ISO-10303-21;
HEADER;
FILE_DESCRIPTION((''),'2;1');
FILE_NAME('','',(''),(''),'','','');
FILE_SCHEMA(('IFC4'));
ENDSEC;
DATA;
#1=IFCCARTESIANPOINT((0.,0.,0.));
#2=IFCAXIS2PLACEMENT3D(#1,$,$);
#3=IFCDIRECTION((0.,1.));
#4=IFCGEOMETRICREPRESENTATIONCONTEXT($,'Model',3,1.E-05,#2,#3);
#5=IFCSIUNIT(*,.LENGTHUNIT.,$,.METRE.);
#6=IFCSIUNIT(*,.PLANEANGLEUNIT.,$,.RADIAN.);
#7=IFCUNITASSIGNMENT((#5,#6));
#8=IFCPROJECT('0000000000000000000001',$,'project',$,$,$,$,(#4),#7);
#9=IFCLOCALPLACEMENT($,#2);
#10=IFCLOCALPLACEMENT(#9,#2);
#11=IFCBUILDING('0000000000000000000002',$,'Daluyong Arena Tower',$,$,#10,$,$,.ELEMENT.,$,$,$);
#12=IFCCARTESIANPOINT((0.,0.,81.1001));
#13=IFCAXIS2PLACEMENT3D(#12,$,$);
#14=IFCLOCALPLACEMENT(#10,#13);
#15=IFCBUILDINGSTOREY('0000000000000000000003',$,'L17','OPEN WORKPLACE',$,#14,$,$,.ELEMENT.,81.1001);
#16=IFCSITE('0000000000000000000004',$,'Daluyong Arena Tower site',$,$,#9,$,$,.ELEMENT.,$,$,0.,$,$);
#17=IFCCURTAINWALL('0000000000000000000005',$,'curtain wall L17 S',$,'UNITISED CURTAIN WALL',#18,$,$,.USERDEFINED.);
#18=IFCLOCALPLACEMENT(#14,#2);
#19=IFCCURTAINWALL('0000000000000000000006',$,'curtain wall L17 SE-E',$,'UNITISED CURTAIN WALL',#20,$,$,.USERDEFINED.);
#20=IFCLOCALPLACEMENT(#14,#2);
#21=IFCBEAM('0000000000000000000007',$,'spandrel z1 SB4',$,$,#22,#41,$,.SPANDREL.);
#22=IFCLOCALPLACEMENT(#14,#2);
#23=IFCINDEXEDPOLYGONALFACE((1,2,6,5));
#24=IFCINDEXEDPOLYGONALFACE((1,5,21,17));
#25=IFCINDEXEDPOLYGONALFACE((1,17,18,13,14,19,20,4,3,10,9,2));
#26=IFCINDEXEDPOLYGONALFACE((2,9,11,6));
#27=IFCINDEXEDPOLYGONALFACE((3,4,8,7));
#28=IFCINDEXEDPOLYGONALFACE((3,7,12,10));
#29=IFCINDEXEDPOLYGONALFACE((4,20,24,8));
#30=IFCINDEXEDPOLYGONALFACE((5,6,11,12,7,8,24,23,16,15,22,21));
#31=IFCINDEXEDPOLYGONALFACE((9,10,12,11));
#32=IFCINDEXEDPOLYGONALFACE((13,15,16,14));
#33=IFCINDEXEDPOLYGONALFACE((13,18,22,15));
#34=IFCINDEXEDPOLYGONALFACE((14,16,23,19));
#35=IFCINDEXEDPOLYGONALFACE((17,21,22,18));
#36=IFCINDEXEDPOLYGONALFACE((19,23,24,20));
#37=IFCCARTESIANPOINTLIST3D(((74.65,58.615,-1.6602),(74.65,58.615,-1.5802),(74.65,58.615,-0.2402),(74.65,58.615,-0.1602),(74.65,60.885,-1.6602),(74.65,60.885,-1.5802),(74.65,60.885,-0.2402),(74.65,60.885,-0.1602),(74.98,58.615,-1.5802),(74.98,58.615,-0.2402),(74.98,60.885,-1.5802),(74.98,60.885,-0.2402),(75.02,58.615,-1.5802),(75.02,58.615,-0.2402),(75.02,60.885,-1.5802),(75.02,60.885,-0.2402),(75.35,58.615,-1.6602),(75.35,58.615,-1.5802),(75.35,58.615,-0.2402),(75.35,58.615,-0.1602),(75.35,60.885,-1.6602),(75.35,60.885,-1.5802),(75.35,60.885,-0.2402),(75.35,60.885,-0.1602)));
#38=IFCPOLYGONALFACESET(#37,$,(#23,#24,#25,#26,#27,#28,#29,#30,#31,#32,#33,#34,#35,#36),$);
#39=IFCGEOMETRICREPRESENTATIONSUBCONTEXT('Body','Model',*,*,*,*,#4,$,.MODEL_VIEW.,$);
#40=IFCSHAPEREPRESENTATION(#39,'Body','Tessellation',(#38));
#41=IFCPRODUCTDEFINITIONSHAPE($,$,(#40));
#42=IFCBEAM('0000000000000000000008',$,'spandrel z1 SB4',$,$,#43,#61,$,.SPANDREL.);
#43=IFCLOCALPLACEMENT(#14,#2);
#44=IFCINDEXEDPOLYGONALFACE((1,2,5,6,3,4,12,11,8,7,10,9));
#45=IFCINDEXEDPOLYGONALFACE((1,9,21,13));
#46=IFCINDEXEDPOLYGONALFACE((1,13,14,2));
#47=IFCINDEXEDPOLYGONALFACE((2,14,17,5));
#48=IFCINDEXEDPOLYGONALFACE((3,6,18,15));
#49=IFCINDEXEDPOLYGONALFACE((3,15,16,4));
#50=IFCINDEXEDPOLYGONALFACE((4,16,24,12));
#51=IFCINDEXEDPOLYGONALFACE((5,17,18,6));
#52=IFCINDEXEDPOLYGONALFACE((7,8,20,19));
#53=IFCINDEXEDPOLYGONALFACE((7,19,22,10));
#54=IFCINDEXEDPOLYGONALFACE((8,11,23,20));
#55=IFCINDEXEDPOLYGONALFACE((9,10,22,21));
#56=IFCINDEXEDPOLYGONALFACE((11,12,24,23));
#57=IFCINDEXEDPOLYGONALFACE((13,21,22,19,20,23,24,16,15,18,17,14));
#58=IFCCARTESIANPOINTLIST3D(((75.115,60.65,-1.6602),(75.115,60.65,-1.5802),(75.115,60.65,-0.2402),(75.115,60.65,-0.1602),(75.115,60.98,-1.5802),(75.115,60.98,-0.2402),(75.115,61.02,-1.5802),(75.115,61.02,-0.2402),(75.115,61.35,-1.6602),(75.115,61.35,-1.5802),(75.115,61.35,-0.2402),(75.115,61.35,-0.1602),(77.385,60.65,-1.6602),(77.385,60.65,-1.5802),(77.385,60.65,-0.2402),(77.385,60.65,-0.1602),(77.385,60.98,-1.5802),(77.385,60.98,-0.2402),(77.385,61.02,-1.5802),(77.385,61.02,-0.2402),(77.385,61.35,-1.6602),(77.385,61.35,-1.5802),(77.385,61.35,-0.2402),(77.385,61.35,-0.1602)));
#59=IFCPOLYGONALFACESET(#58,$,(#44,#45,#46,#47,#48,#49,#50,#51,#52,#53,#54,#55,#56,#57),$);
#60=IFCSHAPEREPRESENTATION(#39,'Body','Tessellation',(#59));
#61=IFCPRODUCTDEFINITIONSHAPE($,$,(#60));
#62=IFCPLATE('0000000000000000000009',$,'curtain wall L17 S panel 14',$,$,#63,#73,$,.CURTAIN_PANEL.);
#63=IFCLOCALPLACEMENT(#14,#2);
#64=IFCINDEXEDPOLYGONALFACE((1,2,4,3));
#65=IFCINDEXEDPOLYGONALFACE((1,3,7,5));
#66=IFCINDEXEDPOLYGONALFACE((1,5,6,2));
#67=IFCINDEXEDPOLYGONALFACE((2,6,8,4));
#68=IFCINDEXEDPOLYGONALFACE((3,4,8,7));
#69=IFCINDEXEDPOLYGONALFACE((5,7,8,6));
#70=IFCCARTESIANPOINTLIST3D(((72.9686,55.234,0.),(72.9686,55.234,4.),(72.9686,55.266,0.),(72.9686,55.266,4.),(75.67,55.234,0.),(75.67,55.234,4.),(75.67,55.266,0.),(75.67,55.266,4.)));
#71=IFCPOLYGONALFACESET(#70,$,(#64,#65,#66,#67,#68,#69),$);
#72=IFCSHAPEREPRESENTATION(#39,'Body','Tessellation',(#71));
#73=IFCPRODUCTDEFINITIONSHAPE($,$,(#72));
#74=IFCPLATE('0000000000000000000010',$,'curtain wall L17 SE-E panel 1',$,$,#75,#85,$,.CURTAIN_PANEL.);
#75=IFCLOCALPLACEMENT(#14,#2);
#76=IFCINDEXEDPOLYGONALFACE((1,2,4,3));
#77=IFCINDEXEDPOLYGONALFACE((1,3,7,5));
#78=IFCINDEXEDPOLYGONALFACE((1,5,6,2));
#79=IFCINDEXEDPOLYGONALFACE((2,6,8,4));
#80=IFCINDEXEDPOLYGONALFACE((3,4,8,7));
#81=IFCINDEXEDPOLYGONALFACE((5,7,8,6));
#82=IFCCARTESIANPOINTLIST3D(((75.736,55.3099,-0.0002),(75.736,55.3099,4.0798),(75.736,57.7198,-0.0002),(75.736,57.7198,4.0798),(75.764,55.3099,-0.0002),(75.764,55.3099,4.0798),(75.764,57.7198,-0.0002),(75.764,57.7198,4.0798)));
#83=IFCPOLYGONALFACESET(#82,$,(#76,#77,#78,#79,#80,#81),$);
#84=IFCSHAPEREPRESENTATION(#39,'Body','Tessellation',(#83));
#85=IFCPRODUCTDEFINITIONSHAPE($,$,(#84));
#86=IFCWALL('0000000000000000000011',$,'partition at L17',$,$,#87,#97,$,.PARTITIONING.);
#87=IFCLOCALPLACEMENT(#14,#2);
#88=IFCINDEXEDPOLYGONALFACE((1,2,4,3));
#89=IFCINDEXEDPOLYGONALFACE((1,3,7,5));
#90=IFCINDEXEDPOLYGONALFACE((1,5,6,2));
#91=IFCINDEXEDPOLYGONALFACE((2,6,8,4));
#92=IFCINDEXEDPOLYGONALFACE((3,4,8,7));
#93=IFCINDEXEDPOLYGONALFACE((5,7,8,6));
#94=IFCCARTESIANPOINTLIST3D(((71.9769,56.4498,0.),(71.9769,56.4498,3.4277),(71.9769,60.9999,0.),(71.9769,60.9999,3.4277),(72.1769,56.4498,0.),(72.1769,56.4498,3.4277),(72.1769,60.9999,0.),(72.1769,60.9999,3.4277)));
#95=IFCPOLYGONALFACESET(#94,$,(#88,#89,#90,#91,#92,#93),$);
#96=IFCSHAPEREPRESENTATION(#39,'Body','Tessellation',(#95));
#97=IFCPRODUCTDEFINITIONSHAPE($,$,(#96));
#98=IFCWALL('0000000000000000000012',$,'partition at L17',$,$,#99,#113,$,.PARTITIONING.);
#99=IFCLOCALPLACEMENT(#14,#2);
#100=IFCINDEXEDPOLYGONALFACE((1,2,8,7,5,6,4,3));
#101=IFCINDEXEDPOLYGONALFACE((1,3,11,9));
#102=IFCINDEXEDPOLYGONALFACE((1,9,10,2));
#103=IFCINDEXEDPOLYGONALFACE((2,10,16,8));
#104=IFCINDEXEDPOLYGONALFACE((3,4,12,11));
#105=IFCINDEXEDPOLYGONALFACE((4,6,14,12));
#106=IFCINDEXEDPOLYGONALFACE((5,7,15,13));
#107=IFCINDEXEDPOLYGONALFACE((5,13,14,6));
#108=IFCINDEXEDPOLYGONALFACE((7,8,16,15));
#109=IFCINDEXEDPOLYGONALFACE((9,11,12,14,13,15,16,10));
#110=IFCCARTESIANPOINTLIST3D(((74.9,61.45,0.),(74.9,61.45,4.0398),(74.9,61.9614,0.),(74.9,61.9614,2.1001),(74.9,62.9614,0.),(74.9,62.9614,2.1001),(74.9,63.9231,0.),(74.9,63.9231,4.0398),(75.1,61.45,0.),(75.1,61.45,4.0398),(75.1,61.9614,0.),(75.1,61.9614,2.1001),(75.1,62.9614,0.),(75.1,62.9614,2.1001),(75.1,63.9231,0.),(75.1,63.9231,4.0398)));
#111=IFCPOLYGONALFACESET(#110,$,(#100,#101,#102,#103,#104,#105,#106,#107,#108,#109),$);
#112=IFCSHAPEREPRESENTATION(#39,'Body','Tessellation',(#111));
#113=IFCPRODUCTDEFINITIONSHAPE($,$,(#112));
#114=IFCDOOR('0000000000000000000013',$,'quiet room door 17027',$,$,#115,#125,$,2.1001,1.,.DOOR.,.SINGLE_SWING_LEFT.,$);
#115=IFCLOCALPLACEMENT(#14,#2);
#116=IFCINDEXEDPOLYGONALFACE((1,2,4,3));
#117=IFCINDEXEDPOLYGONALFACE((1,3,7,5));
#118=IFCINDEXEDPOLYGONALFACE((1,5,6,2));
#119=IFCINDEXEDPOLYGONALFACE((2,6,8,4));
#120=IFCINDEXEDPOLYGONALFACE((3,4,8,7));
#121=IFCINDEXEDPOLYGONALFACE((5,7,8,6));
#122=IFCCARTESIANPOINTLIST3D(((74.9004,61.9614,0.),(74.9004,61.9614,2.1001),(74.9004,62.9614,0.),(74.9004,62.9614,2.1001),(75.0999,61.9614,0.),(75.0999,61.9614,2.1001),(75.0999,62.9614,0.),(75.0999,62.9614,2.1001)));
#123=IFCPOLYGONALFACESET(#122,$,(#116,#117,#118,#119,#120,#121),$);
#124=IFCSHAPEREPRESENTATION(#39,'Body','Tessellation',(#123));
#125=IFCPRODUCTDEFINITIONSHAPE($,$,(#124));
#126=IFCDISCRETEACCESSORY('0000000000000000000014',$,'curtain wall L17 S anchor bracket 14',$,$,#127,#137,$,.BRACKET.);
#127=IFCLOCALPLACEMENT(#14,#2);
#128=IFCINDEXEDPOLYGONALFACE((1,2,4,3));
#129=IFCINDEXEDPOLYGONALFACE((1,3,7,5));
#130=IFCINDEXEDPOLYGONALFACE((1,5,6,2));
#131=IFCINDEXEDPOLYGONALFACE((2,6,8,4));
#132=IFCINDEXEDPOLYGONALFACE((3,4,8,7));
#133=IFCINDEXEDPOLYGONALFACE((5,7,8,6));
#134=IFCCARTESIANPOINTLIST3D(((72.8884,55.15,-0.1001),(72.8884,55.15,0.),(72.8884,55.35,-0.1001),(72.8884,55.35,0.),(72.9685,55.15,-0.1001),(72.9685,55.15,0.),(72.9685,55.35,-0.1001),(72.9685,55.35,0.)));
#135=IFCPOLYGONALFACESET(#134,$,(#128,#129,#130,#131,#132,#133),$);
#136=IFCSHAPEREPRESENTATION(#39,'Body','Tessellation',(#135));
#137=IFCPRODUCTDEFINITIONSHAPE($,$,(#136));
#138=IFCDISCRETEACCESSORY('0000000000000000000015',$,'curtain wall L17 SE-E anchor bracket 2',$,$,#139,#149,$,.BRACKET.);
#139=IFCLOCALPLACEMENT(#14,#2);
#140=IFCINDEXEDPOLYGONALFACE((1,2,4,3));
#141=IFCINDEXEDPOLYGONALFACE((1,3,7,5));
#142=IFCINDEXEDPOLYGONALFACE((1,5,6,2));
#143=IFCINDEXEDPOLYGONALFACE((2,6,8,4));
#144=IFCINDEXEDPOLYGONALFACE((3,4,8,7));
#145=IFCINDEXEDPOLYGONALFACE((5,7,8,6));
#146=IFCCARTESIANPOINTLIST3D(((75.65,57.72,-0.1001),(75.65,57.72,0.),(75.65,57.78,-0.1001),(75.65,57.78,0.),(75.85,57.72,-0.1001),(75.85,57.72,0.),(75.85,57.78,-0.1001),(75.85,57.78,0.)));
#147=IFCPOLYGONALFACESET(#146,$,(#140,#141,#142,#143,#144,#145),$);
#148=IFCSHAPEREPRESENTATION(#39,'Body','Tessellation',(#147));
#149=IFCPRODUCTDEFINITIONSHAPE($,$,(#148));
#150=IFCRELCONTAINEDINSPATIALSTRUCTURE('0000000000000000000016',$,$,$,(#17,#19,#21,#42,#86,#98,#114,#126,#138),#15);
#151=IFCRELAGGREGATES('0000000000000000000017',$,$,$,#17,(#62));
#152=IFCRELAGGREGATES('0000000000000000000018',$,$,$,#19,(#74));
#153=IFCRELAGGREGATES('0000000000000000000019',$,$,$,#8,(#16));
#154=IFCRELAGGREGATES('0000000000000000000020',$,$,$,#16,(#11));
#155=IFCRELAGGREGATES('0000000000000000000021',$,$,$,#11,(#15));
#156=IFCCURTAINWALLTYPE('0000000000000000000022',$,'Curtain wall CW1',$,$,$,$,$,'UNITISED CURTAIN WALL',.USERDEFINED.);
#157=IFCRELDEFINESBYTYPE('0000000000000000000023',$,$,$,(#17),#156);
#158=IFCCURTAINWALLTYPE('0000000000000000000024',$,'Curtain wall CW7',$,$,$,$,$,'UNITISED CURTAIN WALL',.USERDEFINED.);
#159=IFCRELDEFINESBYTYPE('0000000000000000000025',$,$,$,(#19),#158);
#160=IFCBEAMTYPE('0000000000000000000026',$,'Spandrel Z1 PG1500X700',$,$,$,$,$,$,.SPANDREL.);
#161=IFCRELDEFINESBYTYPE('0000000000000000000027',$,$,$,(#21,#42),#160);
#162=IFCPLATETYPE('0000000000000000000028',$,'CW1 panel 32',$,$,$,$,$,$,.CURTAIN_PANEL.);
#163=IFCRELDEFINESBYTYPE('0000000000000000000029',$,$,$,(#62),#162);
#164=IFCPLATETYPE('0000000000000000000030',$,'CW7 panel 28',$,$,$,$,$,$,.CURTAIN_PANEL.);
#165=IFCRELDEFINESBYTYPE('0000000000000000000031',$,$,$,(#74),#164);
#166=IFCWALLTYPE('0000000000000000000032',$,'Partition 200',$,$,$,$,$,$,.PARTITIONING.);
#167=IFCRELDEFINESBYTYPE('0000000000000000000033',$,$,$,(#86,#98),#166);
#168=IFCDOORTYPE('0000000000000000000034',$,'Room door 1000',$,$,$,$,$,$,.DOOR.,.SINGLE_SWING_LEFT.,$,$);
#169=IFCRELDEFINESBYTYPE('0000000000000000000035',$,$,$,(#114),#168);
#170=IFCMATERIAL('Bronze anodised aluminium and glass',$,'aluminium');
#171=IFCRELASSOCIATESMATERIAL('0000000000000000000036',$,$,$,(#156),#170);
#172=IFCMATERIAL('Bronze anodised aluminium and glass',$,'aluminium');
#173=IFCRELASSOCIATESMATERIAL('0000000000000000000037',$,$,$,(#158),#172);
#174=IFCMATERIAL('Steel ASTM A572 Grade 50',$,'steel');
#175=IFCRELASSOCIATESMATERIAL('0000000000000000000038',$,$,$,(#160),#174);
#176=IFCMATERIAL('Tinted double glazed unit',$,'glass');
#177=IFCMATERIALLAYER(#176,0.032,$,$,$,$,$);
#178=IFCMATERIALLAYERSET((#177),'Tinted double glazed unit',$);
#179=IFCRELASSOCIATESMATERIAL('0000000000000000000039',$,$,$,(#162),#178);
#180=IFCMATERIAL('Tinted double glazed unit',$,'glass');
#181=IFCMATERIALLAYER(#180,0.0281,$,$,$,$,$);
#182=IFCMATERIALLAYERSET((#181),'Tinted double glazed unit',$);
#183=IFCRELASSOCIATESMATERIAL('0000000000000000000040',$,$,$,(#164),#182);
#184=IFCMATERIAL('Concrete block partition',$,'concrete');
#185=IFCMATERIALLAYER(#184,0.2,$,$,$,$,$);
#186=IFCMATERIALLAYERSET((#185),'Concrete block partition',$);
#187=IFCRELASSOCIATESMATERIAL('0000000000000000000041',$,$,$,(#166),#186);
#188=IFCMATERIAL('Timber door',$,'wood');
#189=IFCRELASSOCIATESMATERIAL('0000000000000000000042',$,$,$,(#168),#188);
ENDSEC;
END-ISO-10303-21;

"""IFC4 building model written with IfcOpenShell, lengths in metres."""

from ifc_helpers import new_model, si_unit, direction, frame, frame_2d, origin, origin_2d, place, context, subcontext, project, spatial, rectangle, i_section, extrude, material, layer, layer_set, material_profile, profile_set, type_object, element, fill, aggregate, save


model = new_model("IFC4")

# Units and contexts
model_context = context("Model", 3, precision=1e-05, world=origin(), true_north=direction((0.0, 1.0)))
body_context = subcontext(model_context, "Body", "Model", "MODEL_VIEW")
ifc_project = project(units=[si_unit("LENGTHUNIT", "METRE"), si_unit("PLANEANGLEUNIT", "RADIAN")], contexts=[model_context])

# Site, building, storey
site_placement = place(None, origin())
site = spatial("IfcSite", under=ifc_project, at=site_placement, Name="Daluyong Arena Tower site", CompositionType="ELEMENT", RefElevation=0.0)
building_placement = place(site_placement, origin())
building = spatial("IfcBuilding", under=site, at=building_placement, Name="Daluyong Arena Tower", CompositionType="ELEMENT")
storey_placement = place(building_placement, frame((0.0, 0.0, 81.1001)))
storey = spatial("IfcBuildingStorey", under=building, at=storey_placement, Name="L17", Description="OPEN WORKPLACE", CompositionType="ELEMENT", Elevation=81.1001)

# Curtain walls
ifc_material_1 = material(Name="Bronze anodised aluminium and glass", Category="aluminium")
curtain_wall_type_1 = type_object("IfcCurtainWallType", Name="Curtain wall CW1", ElementType="UNITISED CURTAIN WALL", PredefinedType="USERDEFINED", material=ifc_material_1)
curtain_wall_1_placement = place(storey_placement, origin())
curtain_wall_1 = element("IfcCurtainWall", 1, at=curtain_wall_1_placement, inside=storey, type_object=curtain_wall_type_1, Name="curtain wall L17 S", ObjectType="UNITISED CURTAIN WALL", PredefinedType="USERDEFINED")
ifc_material_2 = material(Name="Bronze anodised aluminium and glass", Category="aluminium")
curtain_wall_type_2 = type_object("IfcCurtainWallType", Name="Curtain wall CW7", ElementType="UNITISED CURTAIN WALL", PredefinedType="USERDEFINED", material=ifc_material_2)
curtain_wall_2_placement = place(storey_placement, origin())
curtain_wall_2 = element("IfcCurtainWall", 2, at=curtain_wall_2_placement, inside=storey, type_object=curtain_wall_type_2, Name="curtain wall L17 SE-E", ObjectType="UNITISED CURTAIN WALL", PredefinedType="USERDEFINED")

# Beams
ifc_material_3 = material(Name="Steel ASTM A572 Grade 50", Category="steel")
ifc_material_profile_1 = material_profile(ifc_material_3, i_section(OverallWidth=0.7, OverallDepth=1.5, WebThickness=0.04, FlangeThickness=0.08, at=origin_2d()))
ifc_profile_set_1 = profile_set([ifc_material_profile_1], Name="Steel ASTM A572 Grade 50")
beam_type_1 = type_object("IfcBeamType", Name="Spandrel Z1 PG1500X700", PredefinedType="SPANDREL", material=ifc_profile_set_1)
for number, where, z_axis, x_axis, name in (
    (3, (75.0, 58.615, -0.9102), (0.0, 1.0, 0.0), (-1.0, 0.0, 0.0), "spandrel z1 SB4"),
    (4, (75.115, 61.0, -0.9102), (1.0, 0.0, 0.0), (0.0, 1.0, 0.0), "spandrel z1 SB4"),
):
    element("IfcBeam", number, at=place(storey_placement, frame(where, z_axis=z_axis, x_axis=x_axis)), inside=storey, type_object=beam_type_1, Name=name, PredefinedType="SPANDREL", context=body_context, shape_type="SweptSolid", body=[
        extrude(i_section(OverallWidth=0.7, OverallDepth=1.5, WebThickness=0.04, FlangeThickness=0.08, at=origin_2d()), origin(), (0.0, 0.0, 1.0), 2.27),
    ])

# Plates
ifc_material_4 = material(Name="Tinted double glazed unit", Category="glass")
ifc_layer_1 = layer(ifc_material_4, 0.032)
ifc_layer_set_1 = layer_set([ifc_layer_1], Name="Tinted double glazed unit")
plate_type_1 = type_object("IfcPlateType", Name="CW1 panel 32", PredefinedType="CURTAIN_PANEL", material=ifc_layer_set_1)
plate_1_placement = place(storey_placement, frame((74.3193, 55.25, 0.0), z_axis=(0.0, 0.0, 1.0), x_axis=(1.0, 0.0, 0.0)))
plate_1 = element("IfcPlate", 5, at=plate_1_placement, type_object=plate_type_1, Name="curtain wall L17 S panel 14", PredefinedType="CURTAIN_PANEL", context=body_context, shape_type="SweptSolid", body=[
    extrude(rectangle(XDim=2.7014, YDim=0.032, at=origin_2d()), origin(), (0.0, 0.0, 1.0), 4.0),
])
aggregate(curtain_wall_1, [plate_1])
ifc_material_5 = material(Name="Tinted double glazed unit", Category="glass")
ifc_layer_2 = layer(ifc_material_5, 0.0281)
ifc_layer_set_2 = layer_set([ifc_layer_2], Name="Tinted double glazed unit")
plate_type_2 = type_object("IfcPlateType", Name="CW7 panel 28", PredefinedType="CURTAIN_PANEL", material=ifc_layer_set_2)
plate_2_placement = place(storey_placement, frame((75.75, 56.5149, -0.0002), z_axis=(0.0, 0.0, 1.0), x_axis=(0.0, 1.0, 0.0)))
plate_2 = element("IfcPlate", 6, at=plate_2_placement, type_object=plate_type_2, Name="curtain wall L17 SE-E panel 1", PredefinedType="CURTAIN_PANEL", context=body_context, shape_type="SweptSolid", body=[
    extrude(rectangle(XDim=2.4099, YDim=0.0281, at=origin_2d()), origin(), (0.0, 0.0, 1.0), 4.0801),
])
aggregate(curtain_wall_2, [plate_2])

# Wall
ifc_material_6 = material(Name="Concrete block partition", Category="concrete")
ifc_layer_3 = layer(ifc_material_6, 0.2)
ifc_layer_set_3 = layer_set([ifc_layer_3], Name="Concrete block partition")
wall_type = type_object("IfcWallType", Name="Partition 200", PredefinedType="PARTITIONING", material=ifc_layer_set_3)
wall_1_placement = place(storey_placement, frame((72.0769, 56.45, 0.0), z_axis=(0.0, 0.0, 1.0), x_axis=(0.0, 1.0, 0.0)))
element("IfcWall", 7, at=wall_1_placement, inside=storey, type_object=wall_type, Name="partition at L17", PredefinedType="PARTITIONING", context=body_context, shape_type="SweptSolid", body=[
    extrude(rectangle(XDim=4.55, YDim=0.2, at=frame_2d((2.2749, 0.0))), origin(), (0.0, 0.0, 1.0), 3.4277),
])

# Wall, opening, door
wall_2_placement = place(storey_placement, frame((75.0, 61.45, 0.0), z_axis=(0.0, 0.0, 1.0), x_axis=(0.0, 1.0, 0.0)))
wall_2 = element("IfcWall", 8, at=wall_2_placement, inside=storey, type_object=wall_type, Name="partition at L17", PredefinedType="PARTITIONING", context=body_context, shape_type="SweptSolid", body=[
    extrude(rectangle(XDim=2.4731, YDim=0.2, at=frame_2d((1.2366, 0.0))), origin(), (0.0, 0.0, 1.0), 4.0398),
])
opening_placement = place(wall_2_placement, frame((0.5115, 0.0, 0.0)))
opening = element("IfcOpeningElement", 9, at=opening_placement, cuts=wall_2, PredefinedType="OPENING", context=body_context, shape_type="SweptSolid", body=[
    extrude(rectangle(XDim=1.0, YDim=2.1001, at=frame_2d((0.5, 1.05))), frame((0.0, 0.1099, 0.0), z_axis=(0.0, -1.0, 0.0), x_axis=(1.0, 0.0, 0.0)), (0.0, 0.0, 1.0), 0.22),
])
ifc_material_7 = material(Name="Timber door", Category="wood")
door_type = type_object("IfcDoorType", Name="Room door 1000", OperationType="SINGLE_SWING_LEFT", PredefinedType="DOOR", material=ifc_material_7)
door_placement = place(opening_placement, origin())
door = element("IfcDoor", 10, at=door_placement, inside=storey, type_object=door_type, Name="quiet room door 17027", OperationType="SINGLE_SWING_LEFT", OverallHeight=2.1001, OverallWidth=1.0, PredefinedType="DOOR", context=body_context, shape_type="SweptSolid", body=[
    extrude(rectangle(XDim=1.0, YDim=2.1001, at=frame_2d((0.5, 1.05))), frame((0.0, 0.0996, 0.0), z_axis=(0.0, -1.0, 0.0), x_axis=(1.0, 0.0, 0.0)), (0.0, 0.0, 1.0), 0.1995),
])
fill(opening, door)

# Discrete accessories
discrete_accessory_1_placement = place(storey_placement, frame((72.9285, 55.25, -0.1001), z_axis=(0.0, 0.0, 1.0), x_axis=(1.0, 0.0, 0.0)))
element("IfcDiscreteAccessory", 11, at=discrete_accessory_1_placement, inside=storey, Name="curtain wall L17 S anchor bracket 14", PredefinedType="BRACKET", context=body_context, shape_type="SweptSolid", body=[
    extrude(rectangle(XDim=0.0801, YDim=0.2, at=origin_2d()), origin(), (0.0, 0.0, 1.0), 0.1001),
])
discrete_accessory_2_placement = place(storey_placement, frame((75.75, 57.75, -0.1001), z_axis=(0.0, 0.0, 1.0), x_axis=(0.0, 1.0, 0.0)))
element("IfcDiscreteAccessory", 12, at=discrete_accessory_2_placement, inside=storey, Name="curtain wall L17 SE-E anchor bracket 2", PredefinedType="BRACKET", context=body_context, shape_type="SweptSolid", body=[
    extrude(rectangle(XDim=0.0601, YDim=0.2, at=origin_2d()), origin(), (0.0, 0.0, 1.0), 0.1001),
])

save(model, "model.ifc")
